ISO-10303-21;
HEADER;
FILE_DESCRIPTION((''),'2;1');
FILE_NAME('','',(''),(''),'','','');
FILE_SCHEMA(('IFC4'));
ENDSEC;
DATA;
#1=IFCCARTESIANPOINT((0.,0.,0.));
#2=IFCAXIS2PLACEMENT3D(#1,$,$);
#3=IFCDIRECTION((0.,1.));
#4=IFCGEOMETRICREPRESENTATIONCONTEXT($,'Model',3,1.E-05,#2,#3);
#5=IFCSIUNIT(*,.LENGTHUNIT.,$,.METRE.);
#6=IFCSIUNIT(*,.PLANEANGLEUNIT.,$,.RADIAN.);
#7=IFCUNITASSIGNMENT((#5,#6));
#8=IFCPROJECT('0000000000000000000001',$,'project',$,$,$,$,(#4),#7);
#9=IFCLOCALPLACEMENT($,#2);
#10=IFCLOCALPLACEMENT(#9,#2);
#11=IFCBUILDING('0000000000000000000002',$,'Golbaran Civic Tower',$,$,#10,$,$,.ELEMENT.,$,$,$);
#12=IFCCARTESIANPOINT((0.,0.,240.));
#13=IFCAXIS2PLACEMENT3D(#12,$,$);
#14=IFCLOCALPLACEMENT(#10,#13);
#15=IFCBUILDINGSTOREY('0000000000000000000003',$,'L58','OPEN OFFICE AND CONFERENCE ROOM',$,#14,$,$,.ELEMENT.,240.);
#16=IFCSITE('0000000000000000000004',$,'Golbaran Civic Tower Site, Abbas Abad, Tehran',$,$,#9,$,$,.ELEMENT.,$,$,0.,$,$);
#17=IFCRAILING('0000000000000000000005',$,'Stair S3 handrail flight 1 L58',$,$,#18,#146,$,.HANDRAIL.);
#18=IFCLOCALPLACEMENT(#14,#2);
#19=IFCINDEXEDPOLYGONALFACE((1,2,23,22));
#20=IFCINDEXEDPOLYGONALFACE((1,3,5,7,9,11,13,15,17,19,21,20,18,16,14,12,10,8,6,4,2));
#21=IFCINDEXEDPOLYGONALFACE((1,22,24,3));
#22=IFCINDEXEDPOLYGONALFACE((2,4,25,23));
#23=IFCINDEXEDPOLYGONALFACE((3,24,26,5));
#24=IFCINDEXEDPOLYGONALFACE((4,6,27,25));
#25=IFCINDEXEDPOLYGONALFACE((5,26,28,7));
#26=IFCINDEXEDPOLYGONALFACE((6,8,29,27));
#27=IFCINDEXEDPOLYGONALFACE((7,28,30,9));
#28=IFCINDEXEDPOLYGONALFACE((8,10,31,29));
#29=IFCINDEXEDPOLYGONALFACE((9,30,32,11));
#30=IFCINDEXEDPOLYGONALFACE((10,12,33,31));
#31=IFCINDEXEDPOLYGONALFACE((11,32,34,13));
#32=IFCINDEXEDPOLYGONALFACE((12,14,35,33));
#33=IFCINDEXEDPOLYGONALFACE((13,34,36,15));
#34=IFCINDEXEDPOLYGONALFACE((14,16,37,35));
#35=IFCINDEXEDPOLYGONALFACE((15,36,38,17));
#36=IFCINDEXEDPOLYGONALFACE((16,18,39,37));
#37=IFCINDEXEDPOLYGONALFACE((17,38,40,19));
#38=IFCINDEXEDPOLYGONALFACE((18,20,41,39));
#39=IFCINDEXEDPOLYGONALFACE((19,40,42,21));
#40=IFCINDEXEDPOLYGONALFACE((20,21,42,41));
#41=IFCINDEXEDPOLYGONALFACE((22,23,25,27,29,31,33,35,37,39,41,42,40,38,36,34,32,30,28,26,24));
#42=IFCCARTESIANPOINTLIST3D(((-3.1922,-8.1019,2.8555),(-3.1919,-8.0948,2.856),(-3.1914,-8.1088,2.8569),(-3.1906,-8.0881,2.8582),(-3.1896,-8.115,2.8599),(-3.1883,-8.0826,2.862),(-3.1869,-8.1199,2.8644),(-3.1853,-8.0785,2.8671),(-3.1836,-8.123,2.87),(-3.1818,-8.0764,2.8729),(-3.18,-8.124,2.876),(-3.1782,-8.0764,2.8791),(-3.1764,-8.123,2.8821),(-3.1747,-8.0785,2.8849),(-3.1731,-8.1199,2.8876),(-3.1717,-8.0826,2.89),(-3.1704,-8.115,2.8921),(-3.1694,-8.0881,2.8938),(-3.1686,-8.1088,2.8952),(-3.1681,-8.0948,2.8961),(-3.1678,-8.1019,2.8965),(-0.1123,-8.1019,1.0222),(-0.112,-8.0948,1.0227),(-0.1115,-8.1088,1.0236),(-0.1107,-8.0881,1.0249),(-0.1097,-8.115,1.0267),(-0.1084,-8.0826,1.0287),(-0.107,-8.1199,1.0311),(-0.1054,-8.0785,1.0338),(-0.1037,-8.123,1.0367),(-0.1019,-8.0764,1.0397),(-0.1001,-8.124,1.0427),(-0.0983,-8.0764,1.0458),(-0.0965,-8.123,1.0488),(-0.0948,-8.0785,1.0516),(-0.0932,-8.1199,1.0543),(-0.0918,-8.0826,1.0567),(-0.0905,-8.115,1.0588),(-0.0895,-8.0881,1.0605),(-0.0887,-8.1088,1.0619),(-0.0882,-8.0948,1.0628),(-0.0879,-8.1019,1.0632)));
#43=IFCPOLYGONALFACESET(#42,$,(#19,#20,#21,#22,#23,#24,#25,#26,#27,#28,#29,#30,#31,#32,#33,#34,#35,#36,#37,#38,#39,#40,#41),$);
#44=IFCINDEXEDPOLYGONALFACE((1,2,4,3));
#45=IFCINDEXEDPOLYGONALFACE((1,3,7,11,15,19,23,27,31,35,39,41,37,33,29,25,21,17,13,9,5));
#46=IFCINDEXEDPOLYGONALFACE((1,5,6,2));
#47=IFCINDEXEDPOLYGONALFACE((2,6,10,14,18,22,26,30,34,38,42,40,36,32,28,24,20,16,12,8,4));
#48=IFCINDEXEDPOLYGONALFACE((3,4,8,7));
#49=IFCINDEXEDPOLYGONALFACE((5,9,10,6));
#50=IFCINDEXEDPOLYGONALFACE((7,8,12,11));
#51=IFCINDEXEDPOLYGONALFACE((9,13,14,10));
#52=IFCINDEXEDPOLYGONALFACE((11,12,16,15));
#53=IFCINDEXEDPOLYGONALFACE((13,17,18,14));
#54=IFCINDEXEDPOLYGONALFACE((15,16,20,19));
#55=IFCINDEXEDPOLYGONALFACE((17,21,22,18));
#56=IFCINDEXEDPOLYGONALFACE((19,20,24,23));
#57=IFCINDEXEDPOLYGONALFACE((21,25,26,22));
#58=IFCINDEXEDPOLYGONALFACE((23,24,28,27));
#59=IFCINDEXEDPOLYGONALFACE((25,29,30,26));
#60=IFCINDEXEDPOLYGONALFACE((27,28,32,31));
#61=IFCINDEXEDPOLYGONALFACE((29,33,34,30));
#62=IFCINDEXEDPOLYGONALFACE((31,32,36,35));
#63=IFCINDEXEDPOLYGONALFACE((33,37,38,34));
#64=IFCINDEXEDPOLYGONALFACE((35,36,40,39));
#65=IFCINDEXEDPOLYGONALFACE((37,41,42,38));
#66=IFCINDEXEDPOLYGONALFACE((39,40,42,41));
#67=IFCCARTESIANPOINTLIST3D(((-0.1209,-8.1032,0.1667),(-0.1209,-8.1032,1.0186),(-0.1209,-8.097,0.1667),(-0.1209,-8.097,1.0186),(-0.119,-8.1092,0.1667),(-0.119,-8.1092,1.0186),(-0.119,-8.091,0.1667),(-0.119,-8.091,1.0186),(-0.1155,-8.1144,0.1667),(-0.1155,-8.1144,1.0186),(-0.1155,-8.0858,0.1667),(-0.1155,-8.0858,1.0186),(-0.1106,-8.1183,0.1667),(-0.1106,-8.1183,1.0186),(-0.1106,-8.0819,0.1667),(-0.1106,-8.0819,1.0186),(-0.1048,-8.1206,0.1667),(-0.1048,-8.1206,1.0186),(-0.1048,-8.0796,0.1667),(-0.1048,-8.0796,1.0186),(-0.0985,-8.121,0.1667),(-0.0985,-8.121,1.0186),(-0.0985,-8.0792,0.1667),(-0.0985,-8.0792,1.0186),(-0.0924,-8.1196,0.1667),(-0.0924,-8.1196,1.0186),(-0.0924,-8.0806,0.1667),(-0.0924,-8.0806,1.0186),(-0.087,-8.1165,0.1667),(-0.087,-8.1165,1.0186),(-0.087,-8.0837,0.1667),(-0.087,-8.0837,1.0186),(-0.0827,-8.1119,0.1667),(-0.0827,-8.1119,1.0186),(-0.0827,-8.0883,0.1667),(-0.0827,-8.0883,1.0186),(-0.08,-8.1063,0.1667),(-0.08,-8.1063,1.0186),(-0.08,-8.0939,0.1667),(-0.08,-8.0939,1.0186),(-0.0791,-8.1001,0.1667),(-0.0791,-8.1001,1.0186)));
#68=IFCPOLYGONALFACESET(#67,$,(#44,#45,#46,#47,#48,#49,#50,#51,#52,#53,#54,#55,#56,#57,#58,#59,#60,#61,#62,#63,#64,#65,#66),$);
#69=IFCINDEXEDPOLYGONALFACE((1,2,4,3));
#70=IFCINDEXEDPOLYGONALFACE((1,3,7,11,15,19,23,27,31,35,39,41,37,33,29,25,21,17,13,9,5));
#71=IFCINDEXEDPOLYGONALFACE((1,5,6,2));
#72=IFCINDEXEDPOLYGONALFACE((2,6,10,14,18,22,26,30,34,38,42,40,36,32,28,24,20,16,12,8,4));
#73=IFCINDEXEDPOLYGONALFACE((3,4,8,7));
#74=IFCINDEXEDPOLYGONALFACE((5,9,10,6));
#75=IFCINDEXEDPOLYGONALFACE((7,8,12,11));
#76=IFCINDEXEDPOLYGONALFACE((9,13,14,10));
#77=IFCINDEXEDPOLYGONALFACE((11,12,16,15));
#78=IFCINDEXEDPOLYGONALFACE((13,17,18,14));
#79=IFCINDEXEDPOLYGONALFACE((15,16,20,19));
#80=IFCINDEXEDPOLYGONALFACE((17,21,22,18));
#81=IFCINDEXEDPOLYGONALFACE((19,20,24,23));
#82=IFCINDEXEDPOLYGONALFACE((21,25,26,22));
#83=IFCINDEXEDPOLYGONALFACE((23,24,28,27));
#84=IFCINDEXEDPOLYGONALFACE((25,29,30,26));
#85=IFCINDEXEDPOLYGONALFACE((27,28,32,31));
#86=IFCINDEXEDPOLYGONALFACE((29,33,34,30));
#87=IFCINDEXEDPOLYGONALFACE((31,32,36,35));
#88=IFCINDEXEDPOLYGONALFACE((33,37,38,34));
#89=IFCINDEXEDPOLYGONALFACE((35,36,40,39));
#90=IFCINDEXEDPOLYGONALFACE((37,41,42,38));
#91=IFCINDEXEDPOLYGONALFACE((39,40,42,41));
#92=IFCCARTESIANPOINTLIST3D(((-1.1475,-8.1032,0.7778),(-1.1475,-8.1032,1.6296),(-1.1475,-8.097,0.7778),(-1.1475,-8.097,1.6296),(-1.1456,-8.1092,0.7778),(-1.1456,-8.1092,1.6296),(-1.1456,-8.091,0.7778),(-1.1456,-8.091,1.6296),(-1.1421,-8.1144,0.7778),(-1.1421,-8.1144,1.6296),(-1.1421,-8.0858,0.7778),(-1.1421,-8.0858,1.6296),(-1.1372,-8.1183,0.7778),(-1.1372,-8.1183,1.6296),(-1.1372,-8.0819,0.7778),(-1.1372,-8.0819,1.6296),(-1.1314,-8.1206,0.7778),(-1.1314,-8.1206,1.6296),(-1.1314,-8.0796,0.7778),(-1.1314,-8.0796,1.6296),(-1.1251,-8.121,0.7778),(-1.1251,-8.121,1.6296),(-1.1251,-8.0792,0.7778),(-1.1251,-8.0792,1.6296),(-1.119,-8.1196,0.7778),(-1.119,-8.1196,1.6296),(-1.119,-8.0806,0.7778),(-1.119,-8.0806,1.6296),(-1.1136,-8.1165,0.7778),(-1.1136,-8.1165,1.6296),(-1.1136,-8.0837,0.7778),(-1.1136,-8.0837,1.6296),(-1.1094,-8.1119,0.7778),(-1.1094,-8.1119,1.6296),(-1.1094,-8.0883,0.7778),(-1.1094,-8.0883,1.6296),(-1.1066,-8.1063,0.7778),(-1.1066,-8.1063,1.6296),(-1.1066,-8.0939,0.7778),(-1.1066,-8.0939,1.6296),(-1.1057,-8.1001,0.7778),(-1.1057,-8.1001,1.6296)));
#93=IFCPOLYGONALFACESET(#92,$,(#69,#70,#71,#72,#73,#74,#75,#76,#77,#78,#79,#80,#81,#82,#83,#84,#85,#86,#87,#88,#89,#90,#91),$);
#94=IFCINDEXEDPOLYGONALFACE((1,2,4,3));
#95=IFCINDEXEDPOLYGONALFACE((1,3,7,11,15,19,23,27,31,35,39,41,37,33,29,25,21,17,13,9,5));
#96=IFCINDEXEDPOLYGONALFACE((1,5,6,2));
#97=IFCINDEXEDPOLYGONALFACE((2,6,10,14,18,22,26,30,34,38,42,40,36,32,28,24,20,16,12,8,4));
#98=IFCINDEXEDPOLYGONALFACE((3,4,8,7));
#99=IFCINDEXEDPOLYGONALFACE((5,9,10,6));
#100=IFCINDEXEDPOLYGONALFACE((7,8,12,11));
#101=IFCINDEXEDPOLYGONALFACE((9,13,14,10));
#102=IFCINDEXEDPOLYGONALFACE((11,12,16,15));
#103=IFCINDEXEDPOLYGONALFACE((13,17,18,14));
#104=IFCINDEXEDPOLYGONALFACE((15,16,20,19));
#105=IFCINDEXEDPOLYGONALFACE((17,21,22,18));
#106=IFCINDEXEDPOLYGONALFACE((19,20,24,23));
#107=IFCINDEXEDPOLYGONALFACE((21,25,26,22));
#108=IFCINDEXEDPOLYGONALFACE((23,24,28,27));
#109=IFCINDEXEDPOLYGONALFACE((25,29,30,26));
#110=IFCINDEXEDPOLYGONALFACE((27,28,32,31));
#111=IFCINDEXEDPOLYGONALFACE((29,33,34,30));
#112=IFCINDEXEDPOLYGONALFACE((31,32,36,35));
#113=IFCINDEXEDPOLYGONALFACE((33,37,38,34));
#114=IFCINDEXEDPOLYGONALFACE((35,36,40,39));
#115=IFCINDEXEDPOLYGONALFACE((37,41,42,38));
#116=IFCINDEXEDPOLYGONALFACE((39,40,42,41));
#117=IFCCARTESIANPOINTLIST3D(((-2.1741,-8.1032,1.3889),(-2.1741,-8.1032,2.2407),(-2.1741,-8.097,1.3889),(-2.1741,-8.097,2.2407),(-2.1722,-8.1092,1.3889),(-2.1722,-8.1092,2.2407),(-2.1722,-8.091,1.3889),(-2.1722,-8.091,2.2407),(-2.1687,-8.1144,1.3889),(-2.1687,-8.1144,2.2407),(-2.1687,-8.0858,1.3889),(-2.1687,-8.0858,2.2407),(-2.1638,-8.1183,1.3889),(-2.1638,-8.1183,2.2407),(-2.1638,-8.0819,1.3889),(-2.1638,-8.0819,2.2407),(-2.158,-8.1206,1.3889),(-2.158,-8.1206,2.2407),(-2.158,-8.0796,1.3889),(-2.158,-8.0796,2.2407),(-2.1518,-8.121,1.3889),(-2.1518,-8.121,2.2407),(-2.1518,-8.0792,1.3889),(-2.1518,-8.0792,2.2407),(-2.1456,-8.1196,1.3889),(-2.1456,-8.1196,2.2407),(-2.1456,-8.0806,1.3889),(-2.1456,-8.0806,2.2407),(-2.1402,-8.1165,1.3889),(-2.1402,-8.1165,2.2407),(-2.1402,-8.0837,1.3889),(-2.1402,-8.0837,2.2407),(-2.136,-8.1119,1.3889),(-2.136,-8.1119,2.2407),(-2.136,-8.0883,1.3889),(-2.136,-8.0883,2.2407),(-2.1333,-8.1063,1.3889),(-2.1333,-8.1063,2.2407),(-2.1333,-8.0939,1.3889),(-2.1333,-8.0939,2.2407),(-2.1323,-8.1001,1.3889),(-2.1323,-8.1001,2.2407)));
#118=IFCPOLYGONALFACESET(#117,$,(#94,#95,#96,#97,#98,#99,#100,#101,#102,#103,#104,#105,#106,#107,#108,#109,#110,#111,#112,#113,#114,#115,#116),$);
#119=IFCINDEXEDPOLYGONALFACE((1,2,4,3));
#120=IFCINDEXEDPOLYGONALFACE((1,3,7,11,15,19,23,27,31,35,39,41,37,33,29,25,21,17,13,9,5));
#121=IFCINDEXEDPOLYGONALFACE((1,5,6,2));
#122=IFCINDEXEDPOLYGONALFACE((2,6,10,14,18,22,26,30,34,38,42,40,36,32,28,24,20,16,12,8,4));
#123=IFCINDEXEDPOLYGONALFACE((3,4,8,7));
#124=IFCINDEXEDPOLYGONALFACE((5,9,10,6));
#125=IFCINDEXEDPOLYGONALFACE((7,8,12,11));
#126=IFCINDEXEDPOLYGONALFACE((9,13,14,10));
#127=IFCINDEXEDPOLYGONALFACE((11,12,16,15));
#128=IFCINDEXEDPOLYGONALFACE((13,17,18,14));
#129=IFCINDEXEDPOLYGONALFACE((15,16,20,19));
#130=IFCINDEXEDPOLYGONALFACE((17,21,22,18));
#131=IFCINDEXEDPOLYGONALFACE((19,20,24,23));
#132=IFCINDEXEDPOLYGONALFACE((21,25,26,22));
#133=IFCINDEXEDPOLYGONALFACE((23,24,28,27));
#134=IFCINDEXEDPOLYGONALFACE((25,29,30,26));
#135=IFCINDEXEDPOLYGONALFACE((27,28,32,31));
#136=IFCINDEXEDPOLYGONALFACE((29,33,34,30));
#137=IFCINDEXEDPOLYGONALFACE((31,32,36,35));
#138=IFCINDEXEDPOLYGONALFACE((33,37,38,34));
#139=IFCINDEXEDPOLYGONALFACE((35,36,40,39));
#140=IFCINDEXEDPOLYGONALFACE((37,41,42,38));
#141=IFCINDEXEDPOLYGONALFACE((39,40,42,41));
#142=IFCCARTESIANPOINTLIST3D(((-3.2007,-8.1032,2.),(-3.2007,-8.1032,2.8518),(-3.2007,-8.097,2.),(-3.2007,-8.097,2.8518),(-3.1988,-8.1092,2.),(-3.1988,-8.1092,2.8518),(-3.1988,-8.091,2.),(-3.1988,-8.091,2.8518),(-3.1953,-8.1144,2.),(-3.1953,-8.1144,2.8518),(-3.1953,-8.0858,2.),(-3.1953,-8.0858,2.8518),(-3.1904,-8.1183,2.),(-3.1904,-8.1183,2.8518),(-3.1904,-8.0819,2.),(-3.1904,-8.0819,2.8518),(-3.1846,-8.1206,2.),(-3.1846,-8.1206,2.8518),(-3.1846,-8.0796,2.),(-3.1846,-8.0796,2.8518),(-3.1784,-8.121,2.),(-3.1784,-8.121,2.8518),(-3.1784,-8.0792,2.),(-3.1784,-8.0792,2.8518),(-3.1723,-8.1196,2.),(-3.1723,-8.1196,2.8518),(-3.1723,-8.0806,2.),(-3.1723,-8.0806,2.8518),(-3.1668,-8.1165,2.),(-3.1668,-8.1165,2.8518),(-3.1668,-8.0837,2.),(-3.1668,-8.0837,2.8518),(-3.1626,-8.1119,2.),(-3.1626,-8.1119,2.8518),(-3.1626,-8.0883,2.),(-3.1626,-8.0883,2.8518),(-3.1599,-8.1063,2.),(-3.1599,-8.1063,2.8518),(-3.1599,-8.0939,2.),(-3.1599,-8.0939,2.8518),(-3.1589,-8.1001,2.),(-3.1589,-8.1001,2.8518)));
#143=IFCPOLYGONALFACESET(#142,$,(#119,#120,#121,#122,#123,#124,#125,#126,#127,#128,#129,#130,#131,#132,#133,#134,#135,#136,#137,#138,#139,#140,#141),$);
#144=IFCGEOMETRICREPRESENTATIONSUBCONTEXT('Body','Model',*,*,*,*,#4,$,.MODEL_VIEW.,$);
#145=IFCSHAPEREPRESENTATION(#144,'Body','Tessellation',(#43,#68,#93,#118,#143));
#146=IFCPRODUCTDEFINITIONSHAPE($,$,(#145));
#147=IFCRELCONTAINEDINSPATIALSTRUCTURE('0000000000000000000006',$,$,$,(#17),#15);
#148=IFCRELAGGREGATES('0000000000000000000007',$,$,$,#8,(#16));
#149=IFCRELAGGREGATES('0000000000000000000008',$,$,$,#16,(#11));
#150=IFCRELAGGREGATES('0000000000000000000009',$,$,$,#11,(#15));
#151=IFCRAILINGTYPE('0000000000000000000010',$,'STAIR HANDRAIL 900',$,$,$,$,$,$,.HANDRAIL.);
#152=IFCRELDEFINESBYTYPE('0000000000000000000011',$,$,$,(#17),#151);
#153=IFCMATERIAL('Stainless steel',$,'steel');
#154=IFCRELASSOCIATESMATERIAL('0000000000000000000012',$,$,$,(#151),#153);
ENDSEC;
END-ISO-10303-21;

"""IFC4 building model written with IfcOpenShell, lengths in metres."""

from ifc_helpers import new_model, si_unit, direction, frame, origin, origin_2d, place, context, subcontext, project, spatial, circle, extrude, material, type_object, element, save


model = new_model("IFC4")

# Units and contexts
model_context = context("Model", 3, precision=1e-05, world=origin(), true_north=direction((0.0, 1.0)))
body_context = subcontext(model_context, "Body", "Model", "MODEL_VIEW")
ifc_project = project(units=[si_unit("LENGTHUNIT", "METRE"), si_unit("PLANEANGLEUNIT", "RADIAN")], contexts=[model_context])

# Site, building, storey
site_placement = place(None, origin())
site = spatial("IfcSite", under=ifc_project, at=site_placement, Name="Golbaran Civic Tower Site, Abbas Abad, Tehran", CompositionType="ELEMENT", RefElevation=0.0)
building_placement = place(site_placement, origin())
building = spatial("IfcBuilding", under=site, at=building_placement, Name="Golbaran Civic Tower", CompositionType="ELEMENT")
storey_placement = place(building_placement, frame((0.0, 0.0, 240.0)))
storey = spatial("IfcBuildingStorey", under=building, at=storey_placement, Name="L58", Description="OPEN OFFICE AND CONFERENCE ROOM", CompositionType="ELEMENT", Elevation=240.0)

# Shared definitions
ifc_material_1 = material(Name="Stainless steel", Category="steel")

# Railing
railing_type = type_object("IfcRailingType", Name="STAIR HANDRAIL 900", PredefinedType="HANDRAIL", material=ifc_material_1)
railing_1_placement = place(storey_placement, frame((-0.1001, -8.1001, 0.1667)))
element("IfcRailing", 1, at=railing_1_placement, inside=storey, type_object=railing_type, Name="Stair S3 handrail flight 1 L58", PredefinedType="HANDRAIL", context=body_context, shape_type="SweptSolid", body=[
    extrude(circle(Radius=0.0239, at=origin_2d()), frame((0.0, 0.0, 0.876), z_axis=(-0.859291, 0.0, 0.511487), x_axis=(0.0, -1.0, 0.0)), (0.0, 0.0, 1.0), 3.5842),
    extrude(circle(Radius=0.021, at=origin_2d()), origin(), (0.0, 0.0, 1.0), 0.8518),
    extrude(circle(Radius=0.021, at=origin_2d()), frame((-1.0266, 0.0, 0.6111)), (0.0, 0.0, 1.0), 0.8518),
    extrude(circle(Radius=0.021, at=origin_2d()), frame((-2.0532, 0.0, 1.2222)), (0.0, 0.0, 1.0), 0.8518),
    extrude(circle(Radius=0.021, at=origin_2d()), frame((-3.0798, 0.0, 1.8333)), (0.0, 0.0, 1.0), 0.8518),
])

save(model, "model.ifc")
